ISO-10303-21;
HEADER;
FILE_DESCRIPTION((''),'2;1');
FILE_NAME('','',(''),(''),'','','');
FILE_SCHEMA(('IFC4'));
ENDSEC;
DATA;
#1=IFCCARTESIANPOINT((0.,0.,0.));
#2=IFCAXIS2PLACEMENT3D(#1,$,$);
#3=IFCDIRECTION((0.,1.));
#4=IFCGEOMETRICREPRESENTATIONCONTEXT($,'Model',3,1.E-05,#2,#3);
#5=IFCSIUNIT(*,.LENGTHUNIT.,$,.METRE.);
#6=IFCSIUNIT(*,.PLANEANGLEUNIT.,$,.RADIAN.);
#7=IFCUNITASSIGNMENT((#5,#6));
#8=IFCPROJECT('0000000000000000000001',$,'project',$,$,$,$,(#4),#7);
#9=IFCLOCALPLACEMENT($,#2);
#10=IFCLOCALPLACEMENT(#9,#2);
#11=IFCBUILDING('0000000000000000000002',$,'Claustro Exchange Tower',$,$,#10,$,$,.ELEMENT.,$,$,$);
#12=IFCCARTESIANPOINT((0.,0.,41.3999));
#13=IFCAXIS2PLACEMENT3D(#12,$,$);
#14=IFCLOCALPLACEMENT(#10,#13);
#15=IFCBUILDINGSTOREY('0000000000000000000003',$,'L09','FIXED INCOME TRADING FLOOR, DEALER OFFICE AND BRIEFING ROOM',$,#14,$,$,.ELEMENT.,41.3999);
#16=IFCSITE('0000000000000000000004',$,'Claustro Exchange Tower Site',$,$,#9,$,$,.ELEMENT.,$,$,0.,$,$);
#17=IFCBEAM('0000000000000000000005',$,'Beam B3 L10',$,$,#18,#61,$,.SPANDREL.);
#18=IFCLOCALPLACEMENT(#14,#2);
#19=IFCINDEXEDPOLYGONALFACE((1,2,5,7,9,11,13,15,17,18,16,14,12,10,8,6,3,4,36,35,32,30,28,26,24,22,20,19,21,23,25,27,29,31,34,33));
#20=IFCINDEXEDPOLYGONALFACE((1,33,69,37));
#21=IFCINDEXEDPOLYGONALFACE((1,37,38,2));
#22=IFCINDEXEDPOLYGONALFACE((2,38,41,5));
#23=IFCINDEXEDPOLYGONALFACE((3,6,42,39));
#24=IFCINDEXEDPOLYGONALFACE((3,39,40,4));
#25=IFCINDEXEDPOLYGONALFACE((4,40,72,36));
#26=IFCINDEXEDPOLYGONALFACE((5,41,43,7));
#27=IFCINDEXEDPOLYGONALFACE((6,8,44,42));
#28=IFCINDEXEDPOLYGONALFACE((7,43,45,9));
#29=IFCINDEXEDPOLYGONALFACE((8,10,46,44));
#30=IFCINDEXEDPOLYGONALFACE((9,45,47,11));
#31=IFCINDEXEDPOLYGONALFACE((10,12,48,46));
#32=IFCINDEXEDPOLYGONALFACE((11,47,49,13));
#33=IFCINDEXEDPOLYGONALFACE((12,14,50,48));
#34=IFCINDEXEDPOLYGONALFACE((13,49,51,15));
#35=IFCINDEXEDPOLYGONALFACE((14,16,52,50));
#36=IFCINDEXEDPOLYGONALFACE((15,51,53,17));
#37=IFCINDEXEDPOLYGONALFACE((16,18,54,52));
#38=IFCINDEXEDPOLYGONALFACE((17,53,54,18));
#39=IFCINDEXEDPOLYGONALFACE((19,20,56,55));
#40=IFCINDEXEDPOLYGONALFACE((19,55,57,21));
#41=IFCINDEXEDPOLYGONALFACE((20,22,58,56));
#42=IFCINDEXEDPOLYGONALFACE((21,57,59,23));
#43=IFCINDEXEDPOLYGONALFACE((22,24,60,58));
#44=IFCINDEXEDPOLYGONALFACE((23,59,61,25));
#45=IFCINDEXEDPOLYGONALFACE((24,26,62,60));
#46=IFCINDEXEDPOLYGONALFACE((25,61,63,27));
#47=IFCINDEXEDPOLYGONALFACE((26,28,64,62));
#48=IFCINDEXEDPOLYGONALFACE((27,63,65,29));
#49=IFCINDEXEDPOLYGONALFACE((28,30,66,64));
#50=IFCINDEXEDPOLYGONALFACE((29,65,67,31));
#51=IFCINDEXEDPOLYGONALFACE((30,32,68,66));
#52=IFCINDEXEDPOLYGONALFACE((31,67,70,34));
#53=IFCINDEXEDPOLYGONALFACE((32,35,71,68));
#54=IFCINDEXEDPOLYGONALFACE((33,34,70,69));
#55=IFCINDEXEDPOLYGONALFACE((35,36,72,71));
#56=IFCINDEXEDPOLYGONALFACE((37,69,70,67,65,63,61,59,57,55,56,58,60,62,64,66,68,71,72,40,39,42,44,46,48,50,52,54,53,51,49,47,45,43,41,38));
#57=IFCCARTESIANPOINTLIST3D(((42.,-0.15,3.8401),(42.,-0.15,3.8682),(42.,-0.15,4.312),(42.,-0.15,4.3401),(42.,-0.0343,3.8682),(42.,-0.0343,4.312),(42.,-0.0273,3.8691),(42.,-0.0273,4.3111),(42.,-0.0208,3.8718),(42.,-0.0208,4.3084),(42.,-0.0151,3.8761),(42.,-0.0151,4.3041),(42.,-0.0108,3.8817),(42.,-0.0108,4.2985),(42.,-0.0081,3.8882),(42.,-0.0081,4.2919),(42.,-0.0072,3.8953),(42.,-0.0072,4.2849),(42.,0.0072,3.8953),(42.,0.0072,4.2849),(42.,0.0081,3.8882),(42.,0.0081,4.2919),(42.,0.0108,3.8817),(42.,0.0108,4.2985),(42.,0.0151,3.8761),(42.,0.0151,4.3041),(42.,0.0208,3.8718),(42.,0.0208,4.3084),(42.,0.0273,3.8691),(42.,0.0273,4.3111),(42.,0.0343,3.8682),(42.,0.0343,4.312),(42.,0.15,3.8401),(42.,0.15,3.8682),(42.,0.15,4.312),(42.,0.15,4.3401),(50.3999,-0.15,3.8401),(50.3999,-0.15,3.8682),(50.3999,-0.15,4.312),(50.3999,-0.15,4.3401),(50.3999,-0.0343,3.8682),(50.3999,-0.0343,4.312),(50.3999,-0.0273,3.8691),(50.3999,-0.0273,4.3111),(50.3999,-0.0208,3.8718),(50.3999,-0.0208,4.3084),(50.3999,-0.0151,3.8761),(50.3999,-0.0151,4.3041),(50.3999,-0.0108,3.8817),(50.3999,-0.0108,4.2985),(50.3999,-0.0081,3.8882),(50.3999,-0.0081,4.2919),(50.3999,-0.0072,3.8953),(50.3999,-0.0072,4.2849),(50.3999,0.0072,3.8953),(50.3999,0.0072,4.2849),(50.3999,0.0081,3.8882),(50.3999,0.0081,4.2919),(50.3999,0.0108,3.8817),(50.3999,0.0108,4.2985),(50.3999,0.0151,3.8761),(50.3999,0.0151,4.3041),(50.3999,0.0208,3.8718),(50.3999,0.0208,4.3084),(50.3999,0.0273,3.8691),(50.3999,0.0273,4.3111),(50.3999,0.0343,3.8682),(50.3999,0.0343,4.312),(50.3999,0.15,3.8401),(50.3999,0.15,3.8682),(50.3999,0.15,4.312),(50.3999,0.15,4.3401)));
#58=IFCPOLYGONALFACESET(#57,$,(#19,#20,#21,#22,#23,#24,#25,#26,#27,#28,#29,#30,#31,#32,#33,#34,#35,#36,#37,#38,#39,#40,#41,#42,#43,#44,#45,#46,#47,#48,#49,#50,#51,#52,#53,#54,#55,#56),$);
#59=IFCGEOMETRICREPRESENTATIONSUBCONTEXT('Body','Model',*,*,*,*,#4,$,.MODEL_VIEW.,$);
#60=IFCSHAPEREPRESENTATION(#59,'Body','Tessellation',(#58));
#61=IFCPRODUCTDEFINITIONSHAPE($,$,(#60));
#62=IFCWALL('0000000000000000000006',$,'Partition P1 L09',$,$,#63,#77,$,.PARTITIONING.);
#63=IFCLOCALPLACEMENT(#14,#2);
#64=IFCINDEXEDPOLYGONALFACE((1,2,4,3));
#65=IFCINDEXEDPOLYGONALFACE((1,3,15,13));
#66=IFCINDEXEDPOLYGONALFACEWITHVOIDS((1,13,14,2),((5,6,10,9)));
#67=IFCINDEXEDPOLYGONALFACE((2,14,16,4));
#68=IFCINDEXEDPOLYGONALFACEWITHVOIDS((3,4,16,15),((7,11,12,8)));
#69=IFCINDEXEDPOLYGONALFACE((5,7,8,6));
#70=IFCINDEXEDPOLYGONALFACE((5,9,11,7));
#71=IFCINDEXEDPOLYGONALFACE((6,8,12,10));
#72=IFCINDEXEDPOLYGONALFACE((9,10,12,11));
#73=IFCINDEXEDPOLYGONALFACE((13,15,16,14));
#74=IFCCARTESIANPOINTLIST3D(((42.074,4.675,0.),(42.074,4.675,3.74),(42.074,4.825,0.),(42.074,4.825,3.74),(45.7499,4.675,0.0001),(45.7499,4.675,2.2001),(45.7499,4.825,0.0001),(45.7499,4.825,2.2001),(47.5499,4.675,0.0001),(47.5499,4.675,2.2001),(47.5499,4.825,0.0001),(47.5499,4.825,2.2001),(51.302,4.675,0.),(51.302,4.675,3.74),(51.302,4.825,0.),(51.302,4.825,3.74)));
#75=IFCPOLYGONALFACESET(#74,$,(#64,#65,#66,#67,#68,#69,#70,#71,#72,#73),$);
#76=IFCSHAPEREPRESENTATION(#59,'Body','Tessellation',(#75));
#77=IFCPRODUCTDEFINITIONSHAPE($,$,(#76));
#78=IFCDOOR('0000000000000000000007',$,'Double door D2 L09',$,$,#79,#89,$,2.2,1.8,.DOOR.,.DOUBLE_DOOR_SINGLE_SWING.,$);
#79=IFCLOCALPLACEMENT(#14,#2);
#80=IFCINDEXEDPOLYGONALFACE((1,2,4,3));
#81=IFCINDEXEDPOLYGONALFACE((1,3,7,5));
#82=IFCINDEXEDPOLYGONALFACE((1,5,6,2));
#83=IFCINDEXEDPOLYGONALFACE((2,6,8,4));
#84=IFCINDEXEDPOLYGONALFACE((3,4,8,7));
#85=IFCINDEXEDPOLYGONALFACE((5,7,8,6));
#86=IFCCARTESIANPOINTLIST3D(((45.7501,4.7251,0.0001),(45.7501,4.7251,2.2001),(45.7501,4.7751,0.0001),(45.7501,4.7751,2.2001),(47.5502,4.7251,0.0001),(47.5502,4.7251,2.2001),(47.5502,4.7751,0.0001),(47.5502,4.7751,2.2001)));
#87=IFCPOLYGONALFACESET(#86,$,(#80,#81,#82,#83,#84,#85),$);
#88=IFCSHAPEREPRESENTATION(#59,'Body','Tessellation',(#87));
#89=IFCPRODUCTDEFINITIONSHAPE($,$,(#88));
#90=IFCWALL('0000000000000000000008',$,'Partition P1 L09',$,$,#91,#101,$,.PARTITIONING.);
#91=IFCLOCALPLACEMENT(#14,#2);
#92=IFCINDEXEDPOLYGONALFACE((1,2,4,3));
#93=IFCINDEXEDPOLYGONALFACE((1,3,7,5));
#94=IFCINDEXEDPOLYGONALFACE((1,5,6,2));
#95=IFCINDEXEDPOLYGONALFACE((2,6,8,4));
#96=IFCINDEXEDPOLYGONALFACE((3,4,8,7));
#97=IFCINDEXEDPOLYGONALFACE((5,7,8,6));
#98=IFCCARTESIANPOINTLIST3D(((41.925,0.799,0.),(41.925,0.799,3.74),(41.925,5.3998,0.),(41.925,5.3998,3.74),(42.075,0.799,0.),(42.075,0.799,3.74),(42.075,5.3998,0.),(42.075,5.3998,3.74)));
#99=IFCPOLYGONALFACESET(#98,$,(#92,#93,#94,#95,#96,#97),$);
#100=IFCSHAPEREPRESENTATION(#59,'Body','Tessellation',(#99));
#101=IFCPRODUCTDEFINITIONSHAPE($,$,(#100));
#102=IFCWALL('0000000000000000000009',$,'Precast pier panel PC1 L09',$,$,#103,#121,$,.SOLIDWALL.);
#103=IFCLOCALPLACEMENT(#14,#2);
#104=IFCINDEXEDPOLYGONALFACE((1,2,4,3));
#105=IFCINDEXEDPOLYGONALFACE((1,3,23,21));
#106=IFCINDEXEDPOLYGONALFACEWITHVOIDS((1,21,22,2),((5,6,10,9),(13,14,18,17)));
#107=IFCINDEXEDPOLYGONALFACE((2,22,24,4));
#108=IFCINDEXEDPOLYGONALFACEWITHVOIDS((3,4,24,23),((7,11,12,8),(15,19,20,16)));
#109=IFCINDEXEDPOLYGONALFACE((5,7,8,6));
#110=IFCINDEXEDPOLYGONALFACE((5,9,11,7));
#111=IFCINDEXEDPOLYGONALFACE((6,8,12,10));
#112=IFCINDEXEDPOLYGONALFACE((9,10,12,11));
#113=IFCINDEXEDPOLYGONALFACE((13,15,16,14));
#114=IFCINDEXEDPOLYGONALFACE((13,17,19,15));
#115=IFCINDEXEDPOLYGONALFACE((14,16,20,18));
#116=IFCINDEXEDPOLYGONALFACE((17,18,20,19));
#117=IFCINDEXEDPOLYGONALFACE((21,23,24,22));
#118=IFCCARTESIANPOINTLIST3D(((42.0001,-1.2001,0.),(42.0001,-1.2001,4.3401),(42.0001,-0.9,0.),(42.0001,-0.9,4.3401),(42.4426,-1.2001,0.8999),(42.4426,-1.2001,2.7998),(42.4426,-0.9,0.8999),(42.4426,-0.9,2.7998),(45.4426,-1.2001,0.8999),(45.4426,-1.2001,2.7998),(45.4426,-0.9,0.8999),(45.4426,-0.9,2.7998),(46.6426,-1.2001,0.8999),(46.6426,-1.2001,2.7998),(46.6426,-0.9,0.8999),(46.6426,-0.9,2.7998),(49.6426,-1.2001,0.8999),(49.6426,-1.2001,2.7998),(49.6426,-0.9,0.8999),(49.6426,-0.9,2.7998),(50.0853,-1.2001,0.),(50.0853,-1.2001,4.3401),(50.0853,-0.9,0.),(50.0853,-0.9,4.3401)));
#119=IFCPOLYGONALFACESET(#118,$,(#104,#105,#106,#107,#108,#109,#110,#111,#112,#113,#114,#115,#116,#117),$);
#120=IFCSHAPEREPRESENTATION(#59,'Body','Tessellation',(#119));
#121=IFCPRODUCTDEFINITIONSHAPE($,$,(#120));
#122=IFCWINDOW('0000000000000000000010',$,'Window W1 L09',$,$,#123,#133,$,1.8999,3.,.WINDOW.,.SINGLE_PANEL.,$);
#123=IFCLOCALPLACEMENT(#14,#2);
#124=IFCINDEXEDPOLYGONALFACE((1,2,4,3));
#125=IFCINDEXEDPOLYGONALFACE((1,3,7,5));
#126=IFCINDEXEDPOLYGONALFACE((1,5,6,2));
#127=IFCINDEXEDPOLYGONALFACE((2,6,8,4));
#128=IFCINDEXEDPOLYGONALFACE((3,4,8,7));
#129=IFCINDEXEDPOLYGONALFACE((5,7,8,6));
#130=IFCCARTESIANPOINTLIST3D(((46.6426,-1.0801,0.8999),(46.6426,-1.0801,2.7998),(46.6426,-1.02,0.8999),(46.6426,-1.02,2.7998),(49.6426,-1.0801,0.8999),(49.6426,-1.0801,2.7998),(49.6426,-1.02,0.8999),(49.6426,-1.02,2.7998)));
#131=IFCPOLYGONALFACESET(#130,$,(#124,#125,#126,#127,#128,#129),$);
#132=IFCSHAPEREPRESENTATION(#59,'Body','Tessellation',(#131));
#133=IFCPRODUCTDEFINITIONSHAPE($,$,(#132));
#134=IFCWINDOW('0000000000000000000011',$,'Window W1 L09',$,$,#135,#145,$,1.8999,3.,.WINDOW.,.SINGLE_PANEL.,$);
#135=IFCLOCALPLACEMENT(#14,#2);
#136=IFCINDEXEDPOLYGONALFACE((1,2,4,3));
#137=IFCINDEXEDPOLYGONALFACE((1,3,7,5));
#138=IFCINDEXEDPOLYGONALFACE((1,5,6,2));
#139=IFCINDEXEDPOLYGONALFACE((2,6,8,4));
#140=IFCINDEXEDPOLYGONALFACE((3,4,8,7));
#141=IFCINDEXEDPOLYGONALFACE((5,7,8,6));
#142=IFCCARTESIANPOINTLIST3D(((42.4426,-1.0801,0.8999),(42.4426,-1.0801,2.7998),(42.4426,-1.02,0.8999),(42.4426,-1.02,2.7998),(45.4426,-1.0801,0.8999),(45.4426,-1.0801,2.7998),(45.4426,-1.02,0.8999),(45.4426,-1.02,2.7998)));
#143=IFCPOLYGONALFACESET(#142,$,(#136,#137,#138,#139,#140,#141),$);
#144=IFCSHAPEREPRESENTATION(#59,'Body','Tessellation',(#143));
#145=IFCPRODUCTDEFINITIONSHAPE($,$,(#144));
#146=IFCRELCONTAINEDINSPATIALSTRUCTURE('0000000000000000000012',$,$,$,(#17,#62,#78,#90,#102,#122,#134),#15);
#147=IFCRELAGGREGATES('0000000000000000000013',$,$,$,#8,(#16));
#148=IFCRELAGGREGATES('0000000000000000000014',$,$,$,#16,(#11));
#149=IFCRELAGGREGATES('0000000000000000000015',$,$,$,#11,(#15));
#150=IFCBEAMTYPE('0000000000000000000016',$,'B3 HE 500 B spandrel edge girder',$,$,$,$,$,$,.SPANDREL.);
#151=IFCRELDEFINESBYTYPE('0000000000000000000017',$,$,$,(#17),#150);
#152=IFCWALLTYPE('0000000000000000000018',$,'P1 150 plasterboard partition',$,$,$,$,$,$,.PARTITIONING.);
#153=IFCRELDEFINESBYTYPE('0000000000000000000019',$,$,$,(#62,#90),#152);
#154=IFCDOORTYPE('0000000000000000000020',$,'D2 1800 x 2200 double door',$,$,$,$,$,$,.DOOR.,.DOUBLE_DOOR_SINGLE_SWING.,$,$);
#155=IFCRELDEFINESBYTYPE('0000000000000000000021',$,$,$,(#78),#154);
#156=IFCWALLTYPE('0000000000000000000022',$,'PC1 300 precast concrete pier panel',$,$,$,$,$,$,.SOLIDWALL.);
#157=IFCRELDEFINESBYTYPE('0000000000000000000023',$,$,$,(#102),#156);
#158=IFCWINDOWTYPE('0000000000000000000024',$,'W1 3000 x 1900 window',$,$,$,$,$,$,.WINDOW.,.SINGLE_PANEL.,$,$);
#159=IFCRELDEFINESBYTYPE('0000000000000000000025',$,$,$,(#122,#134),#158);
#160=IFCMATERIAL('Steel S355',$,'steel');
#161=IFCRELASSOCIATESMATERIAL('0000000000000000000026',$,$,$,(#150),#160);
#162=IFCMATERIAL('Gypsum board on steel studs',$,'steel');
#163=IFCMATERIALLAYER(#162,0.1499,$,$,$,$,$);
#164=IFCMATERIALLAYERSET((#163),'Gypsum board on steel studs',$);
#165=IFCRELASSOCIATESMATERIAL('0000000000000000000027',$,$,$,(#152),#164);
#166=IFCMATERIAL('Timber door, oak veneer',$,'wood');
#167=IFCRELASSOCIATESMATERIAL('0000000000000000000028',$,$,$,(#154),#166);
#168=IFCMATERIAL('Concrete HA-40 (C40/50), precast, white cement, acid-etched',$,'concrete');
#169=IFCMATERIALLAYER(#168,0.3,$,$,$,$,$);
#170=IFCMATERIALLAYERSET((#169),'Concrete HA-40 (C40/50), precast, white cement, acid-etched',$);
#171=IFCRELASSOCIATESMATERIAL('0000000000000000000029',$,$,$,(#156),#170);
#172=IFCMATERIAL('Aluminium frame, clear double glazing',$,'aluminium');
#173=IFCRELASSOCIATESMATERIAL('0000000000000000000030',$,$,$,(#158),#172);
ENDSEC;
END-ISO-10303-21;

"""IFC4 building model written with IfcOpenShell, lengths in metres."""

from ifc_helpers import new_model, si_unit, direction, frame, frame_2d, origin, origin_2d, place, context, subcontext, project, spatial, rectangle, i_section, extrude, material, layer, layer_set, material_profile, profile_set, type_object, element, fill, save


model = new_model("IFC4")

# Units and contexts
model_context = context("Model", 3, precision=1e-05, world=origin(), true_north=direction((0.0, 1.0)))
body_context = subcontext(model_context, "Body", "Model", "MODEL_VIEW")
ifc_project = project(units=[si_unit("LENGTHUNIT", "METRE"), si_unit("PLANEANGLEUNIT", "RADIAN")], contexts=[model_context])

# Site, building, storey
site_placement = place(None, origin())
site = spatial("IfcSite", under=ifc_project, at=site_placement, Name="Claustro Exchange Tower Site", CompositionType="ELEMENT", RefElevation=0.0)
building_placement = place(site_placement, origin())
building = spatial("IfcBuilding", under=site, at=building_placement, Name="Claustro Exchange Tower", CompositionType="ELEMENT")
storey_placement = place(building_placement, frame((0.0, 0.0, 41.3999)))
storey = spatial("IfcBuildingStorey", under=building, at=storey_placement, Name="L09", Description="FIXED INCOME TRADING FLOOR, DEALER OFFICE AND BRIEFING ROOM", CompositionType="ELEMENT", Elevation=41.3999)

# Beam
ifc_material_1 = material(Name="Steel S355", Category="steel")
ifc_material_profile_1 = material_profile(ifc_material_1, i_section(OverallWidth=0.3, OverallDepth=0.5, WebThickness=0.0144, FlangeThickness=0.0281, FilletRadius=0.0271, at=origin_2d()), Name="HE 500 B")
ifc_profile_set_1 = profile_set([ifc_material_profile_1], Name="Steel S355")
beam_type_1 = type_object("IfcBeamType", Name="B3 HE 500 B spandrel edge girder", PredefinedType="SPANDREL", material=ifc_profile_set_1)
for number, where, z_axis, x_axis, name in (
    (1, (42.0, 0.0, 4.0901), (1.0, 0.0, 0.0), (0.0, 1.0, 0.0), "Beam B3 L10"),
):
    element("IfcBeam", number, at=place(storey_placement, frame(where, z_axis=z_axis, x_axis=x_axis)), inside=storey, type_object=beam_type_1, Name=name, PredefinedType="SPANDREL", context=body_context, shape_type="SweptSolid", body=[
        extrude(i_section(OverallWidth=0.3, OverallDepth=0.5, WebThickness=0.0144, FlangeThickness=0.0281, FilletRadius=0.0271, at=origin_2d()), origin(), (0.0, 0.0, 1.0), 8.3999),
    ])

# Wall, opening, door
ifc_material_2 = material(Name="Gypsum board on steel studs", Category="steel")
ifc_layer_1 = layer(ifc_material_2, 0.1499)
ifc_layer_set_1 = layer_set([ifc_layer_1], Name="Gypsum board on steel studs")
wall_type_1 = type_object("IfcWallType", Name="P1 150 plasterboard partition", PredefinedType="PARTITIONING", material=ifc_layer_set_1)
wall_1_placement = place(storey_placement, frame((42.074, 4.75, 0.0), z_axis=(0.0, 0.0, 1.0), x_axis=(1.0, 0.0, 0.0)))
wall_1 = element("IfcWall", 2, at=wall_1_placement, inside=storey, type_object=wall_type_1, Name="Partition P1 L09", PredefinedType="PARTITIONING", context=body_context, shape_type="SweptSolid", body=[
    extrude(rectangle(XDim=9.228, YDim=0.1499, at=frame_2d((4.614, 0.0))), origin(), (0.0, 0.0, 1.0), 3.74),
])
opening_1_placement = place(wall_1_placement, frame((3.676, 0.0, 0.0)))
opening_1 = element("IfcOpeningElement", 3, at=opening_1_placement, cuts=wall_1, PredefinedType="OPENING", context=body_context, shape_type="SweptSolid", body=[
    extrude(rectangle(XDim=1.8, YDim=2.2, at=frame_2d((0.8999, 1.1001))), frame((0.0, 0.085, 0.0), z_axis=(0.0, -1.0, 0.0), x_axis=(1.0, 0.0, 0.0)), (0.0, 0.0, 1.0), 0.1699),
])
ifc_material_3 = material(Name="Timber door, oak veneer", Category="wood")
door_type = type_object("IfcDoorType", Name="D2 1800 x 2200 double door", OperationType="DOUBLE_DOOR_SINGLE_SWING", PredefinedType="DOOR", material=ifc_material_3)
door_placement = place(opening_1_placement, frame((1.8, 0.0, 0.0), z_axis=(0.0, 0.0, 1.0), x_axis=(-1.0, 0.0, 0.0)))
door = element("IfcDoor", 4, at=door_placement, inside=storey, type_object=door_type, Name="Double door D2 L09", OperationType="DOUBLE_DOOR_SINGLE_SWING", OverallHeight=2.2, OverallWidth=1.8, PredefinedType="DOOR", context=body_context, shape_type="SweptSolid", body=[
    extrude(rectangle(XDim=1.8, YDim=2.2, at=frame_2d((0.8999, 1.1001))), frame((0.0, 0.0249, 0.0), z_axis=(0.0, -1.0, 0.0), x_axis=(1.0, 0.0, 0.0)), (0.0, 0.0, 1.0), 0.05),
])
fill(opening_1, door)

# Wall
wall_2_placement = place(storey_placement, frame((42.0, 0.7991, 0.0), z_axis=(0.0, 0.0, 1.0), x_axis=(0.0, 1.0, 0.0)))
element("IfcWall", 5, at=wall_2_placement, inside=storey, type_object=wall_type_1, Name="Partition P1 L09", PredefinedType="PARTITIONING", context=body_context, shape_type="SweptSolid", body=[
    extrude(rectangle(XDim=4.6008, YDim=0.1499, at=frame_2d((2.3003, 0.0))), origin(), (0.0, 0.0, 1.0), 3.74),
])

# Wall, openings, windows
ifc_material_4 = material(Name="Concrete HA-40 (C40/50), precast, white cement, acid-etched", Category="concrete")
ifc_layer_2 = layer(ifc_material_4, 0.3)
ifc_layer_set_2 = layer_set([ifc_layer_2], Name="Concrete HA-40 (C40/50), precast, white cement, acid-etched")
wall_type_2 = type_object("IfcWallType", Name="PC1 300 precast concrete pier panel", PredefinedType="SOLIDWALL", material=ifc_layer_set_2)
wall_3_placement = place(storey_placement, frame((50.0852, -1.05, 0.0), z_axis=(0.0, 0.0, 1.0), x_axis=(-1.0, 0.0, 0.0)))
wall_3 = element("IfcWall", 6, at=wall_3_placement, inside=storey, type_object=wall_type_2, Name="Precast pier panel PC1 L09", PredefinedType="SOLIDWALL", context=body_context, shape_type="SweptSolid", body=[
    extrude(rectangle(XDim=8.0852, YDim=0.3, at=frame_2d((4.0425, 0.0))), origin(), (0.0, 0.0, 1.0), 4.3401),
])
opening_2_placement = place(wall_3_placement, frame((0.4426, 0.0, 0.8999)))
opening_2 = element("IfcOpeningElement", 7, at=opening_2_placement, cuts=wall_3, PredefinedType="OPENING", context=body_context, shape_type="SweptSolid", body=[
    extrude(rectangle(XDim=3.0, YDim=1.8999, at=frame_2d((1.5, 0.95))), frame((0.0, 0.1599, 0.0), z_axis=(0.0, -1.0, 0.0), x_axis=(1.0, 0.0, 0.0)), (0.0, 0.0, 1.0), 0.3201),
])
opening_3_placement = place(wall_3_placement, frame((4.6426, 0.0, 0.8999)))
opening_3 = element("IfcOpeningElement", 8, at=opening_3_placement, cuts=wall_3, PredefinedType="OPENING", context=body_context, shape_type="SweptSolid", body=[
    extrude(rectangle(XDim=3.0, YDim=1.8999, at=frame_2d((1.5, 0.95))), frame((0.0, 0.1599, 0.0), z_axis=(0.0, -1.0, 0.0), x_axis=(1.0, 0.0, 0.0)), (0.0, 0.0, 1.0), 0.3201),
])
ifc_material_5 = material(Name="Aluminium frame, clear double glazing", Category="aluminium")
window_type = type_object("IfcWindowType", Name="W1 3000 x 1900 window", PartitioningType="SINGLE_PANEL", PredefinedType="WINDOW", material=ifc_material_5)
window_1_placement = place(opening_2_placement, origin())
window_1 = element("IfcWindow", 9, at=window_1_placement, inside=storey, type_object=window_type, Name="Window W1 L09", OverallHeight=1.8999, OverallWidth=3.0, PartitioningType="SINGLE_PANEL", PredefinedType="WINDOW", context=body_context, shape_type="SweptSolid", body=[
    extrude(rectangle(XDim=3.0, YDim=1.8999, at=frame_2d((1.5, 0.95))), frame((0.0, 0.03, 0.0), z_axis=(0.0, -1.0, 0.0), x_axis=(1.0, 0.0, 0.0)), (0.0, 0.0, 1.0), 0.0601),
])
fill(opening_2, window_1)
window_2_placement = place(opening_3_placement, origin())
window_2 = element("IfcWindow", 10, at=window_2_placement, inside=storey, type_object=window_type, Name="Window W1 L09", OverallHeight=1.8999, OverallWidth=3.0, PartitioningType="SINGLE_PANEL", PredefinedType="WINDOW", context=body_context, shape_type="SweptSolid", body=[
    extrude(rectangle(XDim=3.0, YDim=1.8999, at=frame_2d((1.5, 0.95))), frame((0.0, 0.03, 0.0), z_axis=(0.0, -1.0, 0.0), x_axis=(1.0, 0.0, 0.0)), (0.0, 0.0, 1.0), 0.0601),
])
fill(opening_3, window_2)

save(model, "model.ifc")
